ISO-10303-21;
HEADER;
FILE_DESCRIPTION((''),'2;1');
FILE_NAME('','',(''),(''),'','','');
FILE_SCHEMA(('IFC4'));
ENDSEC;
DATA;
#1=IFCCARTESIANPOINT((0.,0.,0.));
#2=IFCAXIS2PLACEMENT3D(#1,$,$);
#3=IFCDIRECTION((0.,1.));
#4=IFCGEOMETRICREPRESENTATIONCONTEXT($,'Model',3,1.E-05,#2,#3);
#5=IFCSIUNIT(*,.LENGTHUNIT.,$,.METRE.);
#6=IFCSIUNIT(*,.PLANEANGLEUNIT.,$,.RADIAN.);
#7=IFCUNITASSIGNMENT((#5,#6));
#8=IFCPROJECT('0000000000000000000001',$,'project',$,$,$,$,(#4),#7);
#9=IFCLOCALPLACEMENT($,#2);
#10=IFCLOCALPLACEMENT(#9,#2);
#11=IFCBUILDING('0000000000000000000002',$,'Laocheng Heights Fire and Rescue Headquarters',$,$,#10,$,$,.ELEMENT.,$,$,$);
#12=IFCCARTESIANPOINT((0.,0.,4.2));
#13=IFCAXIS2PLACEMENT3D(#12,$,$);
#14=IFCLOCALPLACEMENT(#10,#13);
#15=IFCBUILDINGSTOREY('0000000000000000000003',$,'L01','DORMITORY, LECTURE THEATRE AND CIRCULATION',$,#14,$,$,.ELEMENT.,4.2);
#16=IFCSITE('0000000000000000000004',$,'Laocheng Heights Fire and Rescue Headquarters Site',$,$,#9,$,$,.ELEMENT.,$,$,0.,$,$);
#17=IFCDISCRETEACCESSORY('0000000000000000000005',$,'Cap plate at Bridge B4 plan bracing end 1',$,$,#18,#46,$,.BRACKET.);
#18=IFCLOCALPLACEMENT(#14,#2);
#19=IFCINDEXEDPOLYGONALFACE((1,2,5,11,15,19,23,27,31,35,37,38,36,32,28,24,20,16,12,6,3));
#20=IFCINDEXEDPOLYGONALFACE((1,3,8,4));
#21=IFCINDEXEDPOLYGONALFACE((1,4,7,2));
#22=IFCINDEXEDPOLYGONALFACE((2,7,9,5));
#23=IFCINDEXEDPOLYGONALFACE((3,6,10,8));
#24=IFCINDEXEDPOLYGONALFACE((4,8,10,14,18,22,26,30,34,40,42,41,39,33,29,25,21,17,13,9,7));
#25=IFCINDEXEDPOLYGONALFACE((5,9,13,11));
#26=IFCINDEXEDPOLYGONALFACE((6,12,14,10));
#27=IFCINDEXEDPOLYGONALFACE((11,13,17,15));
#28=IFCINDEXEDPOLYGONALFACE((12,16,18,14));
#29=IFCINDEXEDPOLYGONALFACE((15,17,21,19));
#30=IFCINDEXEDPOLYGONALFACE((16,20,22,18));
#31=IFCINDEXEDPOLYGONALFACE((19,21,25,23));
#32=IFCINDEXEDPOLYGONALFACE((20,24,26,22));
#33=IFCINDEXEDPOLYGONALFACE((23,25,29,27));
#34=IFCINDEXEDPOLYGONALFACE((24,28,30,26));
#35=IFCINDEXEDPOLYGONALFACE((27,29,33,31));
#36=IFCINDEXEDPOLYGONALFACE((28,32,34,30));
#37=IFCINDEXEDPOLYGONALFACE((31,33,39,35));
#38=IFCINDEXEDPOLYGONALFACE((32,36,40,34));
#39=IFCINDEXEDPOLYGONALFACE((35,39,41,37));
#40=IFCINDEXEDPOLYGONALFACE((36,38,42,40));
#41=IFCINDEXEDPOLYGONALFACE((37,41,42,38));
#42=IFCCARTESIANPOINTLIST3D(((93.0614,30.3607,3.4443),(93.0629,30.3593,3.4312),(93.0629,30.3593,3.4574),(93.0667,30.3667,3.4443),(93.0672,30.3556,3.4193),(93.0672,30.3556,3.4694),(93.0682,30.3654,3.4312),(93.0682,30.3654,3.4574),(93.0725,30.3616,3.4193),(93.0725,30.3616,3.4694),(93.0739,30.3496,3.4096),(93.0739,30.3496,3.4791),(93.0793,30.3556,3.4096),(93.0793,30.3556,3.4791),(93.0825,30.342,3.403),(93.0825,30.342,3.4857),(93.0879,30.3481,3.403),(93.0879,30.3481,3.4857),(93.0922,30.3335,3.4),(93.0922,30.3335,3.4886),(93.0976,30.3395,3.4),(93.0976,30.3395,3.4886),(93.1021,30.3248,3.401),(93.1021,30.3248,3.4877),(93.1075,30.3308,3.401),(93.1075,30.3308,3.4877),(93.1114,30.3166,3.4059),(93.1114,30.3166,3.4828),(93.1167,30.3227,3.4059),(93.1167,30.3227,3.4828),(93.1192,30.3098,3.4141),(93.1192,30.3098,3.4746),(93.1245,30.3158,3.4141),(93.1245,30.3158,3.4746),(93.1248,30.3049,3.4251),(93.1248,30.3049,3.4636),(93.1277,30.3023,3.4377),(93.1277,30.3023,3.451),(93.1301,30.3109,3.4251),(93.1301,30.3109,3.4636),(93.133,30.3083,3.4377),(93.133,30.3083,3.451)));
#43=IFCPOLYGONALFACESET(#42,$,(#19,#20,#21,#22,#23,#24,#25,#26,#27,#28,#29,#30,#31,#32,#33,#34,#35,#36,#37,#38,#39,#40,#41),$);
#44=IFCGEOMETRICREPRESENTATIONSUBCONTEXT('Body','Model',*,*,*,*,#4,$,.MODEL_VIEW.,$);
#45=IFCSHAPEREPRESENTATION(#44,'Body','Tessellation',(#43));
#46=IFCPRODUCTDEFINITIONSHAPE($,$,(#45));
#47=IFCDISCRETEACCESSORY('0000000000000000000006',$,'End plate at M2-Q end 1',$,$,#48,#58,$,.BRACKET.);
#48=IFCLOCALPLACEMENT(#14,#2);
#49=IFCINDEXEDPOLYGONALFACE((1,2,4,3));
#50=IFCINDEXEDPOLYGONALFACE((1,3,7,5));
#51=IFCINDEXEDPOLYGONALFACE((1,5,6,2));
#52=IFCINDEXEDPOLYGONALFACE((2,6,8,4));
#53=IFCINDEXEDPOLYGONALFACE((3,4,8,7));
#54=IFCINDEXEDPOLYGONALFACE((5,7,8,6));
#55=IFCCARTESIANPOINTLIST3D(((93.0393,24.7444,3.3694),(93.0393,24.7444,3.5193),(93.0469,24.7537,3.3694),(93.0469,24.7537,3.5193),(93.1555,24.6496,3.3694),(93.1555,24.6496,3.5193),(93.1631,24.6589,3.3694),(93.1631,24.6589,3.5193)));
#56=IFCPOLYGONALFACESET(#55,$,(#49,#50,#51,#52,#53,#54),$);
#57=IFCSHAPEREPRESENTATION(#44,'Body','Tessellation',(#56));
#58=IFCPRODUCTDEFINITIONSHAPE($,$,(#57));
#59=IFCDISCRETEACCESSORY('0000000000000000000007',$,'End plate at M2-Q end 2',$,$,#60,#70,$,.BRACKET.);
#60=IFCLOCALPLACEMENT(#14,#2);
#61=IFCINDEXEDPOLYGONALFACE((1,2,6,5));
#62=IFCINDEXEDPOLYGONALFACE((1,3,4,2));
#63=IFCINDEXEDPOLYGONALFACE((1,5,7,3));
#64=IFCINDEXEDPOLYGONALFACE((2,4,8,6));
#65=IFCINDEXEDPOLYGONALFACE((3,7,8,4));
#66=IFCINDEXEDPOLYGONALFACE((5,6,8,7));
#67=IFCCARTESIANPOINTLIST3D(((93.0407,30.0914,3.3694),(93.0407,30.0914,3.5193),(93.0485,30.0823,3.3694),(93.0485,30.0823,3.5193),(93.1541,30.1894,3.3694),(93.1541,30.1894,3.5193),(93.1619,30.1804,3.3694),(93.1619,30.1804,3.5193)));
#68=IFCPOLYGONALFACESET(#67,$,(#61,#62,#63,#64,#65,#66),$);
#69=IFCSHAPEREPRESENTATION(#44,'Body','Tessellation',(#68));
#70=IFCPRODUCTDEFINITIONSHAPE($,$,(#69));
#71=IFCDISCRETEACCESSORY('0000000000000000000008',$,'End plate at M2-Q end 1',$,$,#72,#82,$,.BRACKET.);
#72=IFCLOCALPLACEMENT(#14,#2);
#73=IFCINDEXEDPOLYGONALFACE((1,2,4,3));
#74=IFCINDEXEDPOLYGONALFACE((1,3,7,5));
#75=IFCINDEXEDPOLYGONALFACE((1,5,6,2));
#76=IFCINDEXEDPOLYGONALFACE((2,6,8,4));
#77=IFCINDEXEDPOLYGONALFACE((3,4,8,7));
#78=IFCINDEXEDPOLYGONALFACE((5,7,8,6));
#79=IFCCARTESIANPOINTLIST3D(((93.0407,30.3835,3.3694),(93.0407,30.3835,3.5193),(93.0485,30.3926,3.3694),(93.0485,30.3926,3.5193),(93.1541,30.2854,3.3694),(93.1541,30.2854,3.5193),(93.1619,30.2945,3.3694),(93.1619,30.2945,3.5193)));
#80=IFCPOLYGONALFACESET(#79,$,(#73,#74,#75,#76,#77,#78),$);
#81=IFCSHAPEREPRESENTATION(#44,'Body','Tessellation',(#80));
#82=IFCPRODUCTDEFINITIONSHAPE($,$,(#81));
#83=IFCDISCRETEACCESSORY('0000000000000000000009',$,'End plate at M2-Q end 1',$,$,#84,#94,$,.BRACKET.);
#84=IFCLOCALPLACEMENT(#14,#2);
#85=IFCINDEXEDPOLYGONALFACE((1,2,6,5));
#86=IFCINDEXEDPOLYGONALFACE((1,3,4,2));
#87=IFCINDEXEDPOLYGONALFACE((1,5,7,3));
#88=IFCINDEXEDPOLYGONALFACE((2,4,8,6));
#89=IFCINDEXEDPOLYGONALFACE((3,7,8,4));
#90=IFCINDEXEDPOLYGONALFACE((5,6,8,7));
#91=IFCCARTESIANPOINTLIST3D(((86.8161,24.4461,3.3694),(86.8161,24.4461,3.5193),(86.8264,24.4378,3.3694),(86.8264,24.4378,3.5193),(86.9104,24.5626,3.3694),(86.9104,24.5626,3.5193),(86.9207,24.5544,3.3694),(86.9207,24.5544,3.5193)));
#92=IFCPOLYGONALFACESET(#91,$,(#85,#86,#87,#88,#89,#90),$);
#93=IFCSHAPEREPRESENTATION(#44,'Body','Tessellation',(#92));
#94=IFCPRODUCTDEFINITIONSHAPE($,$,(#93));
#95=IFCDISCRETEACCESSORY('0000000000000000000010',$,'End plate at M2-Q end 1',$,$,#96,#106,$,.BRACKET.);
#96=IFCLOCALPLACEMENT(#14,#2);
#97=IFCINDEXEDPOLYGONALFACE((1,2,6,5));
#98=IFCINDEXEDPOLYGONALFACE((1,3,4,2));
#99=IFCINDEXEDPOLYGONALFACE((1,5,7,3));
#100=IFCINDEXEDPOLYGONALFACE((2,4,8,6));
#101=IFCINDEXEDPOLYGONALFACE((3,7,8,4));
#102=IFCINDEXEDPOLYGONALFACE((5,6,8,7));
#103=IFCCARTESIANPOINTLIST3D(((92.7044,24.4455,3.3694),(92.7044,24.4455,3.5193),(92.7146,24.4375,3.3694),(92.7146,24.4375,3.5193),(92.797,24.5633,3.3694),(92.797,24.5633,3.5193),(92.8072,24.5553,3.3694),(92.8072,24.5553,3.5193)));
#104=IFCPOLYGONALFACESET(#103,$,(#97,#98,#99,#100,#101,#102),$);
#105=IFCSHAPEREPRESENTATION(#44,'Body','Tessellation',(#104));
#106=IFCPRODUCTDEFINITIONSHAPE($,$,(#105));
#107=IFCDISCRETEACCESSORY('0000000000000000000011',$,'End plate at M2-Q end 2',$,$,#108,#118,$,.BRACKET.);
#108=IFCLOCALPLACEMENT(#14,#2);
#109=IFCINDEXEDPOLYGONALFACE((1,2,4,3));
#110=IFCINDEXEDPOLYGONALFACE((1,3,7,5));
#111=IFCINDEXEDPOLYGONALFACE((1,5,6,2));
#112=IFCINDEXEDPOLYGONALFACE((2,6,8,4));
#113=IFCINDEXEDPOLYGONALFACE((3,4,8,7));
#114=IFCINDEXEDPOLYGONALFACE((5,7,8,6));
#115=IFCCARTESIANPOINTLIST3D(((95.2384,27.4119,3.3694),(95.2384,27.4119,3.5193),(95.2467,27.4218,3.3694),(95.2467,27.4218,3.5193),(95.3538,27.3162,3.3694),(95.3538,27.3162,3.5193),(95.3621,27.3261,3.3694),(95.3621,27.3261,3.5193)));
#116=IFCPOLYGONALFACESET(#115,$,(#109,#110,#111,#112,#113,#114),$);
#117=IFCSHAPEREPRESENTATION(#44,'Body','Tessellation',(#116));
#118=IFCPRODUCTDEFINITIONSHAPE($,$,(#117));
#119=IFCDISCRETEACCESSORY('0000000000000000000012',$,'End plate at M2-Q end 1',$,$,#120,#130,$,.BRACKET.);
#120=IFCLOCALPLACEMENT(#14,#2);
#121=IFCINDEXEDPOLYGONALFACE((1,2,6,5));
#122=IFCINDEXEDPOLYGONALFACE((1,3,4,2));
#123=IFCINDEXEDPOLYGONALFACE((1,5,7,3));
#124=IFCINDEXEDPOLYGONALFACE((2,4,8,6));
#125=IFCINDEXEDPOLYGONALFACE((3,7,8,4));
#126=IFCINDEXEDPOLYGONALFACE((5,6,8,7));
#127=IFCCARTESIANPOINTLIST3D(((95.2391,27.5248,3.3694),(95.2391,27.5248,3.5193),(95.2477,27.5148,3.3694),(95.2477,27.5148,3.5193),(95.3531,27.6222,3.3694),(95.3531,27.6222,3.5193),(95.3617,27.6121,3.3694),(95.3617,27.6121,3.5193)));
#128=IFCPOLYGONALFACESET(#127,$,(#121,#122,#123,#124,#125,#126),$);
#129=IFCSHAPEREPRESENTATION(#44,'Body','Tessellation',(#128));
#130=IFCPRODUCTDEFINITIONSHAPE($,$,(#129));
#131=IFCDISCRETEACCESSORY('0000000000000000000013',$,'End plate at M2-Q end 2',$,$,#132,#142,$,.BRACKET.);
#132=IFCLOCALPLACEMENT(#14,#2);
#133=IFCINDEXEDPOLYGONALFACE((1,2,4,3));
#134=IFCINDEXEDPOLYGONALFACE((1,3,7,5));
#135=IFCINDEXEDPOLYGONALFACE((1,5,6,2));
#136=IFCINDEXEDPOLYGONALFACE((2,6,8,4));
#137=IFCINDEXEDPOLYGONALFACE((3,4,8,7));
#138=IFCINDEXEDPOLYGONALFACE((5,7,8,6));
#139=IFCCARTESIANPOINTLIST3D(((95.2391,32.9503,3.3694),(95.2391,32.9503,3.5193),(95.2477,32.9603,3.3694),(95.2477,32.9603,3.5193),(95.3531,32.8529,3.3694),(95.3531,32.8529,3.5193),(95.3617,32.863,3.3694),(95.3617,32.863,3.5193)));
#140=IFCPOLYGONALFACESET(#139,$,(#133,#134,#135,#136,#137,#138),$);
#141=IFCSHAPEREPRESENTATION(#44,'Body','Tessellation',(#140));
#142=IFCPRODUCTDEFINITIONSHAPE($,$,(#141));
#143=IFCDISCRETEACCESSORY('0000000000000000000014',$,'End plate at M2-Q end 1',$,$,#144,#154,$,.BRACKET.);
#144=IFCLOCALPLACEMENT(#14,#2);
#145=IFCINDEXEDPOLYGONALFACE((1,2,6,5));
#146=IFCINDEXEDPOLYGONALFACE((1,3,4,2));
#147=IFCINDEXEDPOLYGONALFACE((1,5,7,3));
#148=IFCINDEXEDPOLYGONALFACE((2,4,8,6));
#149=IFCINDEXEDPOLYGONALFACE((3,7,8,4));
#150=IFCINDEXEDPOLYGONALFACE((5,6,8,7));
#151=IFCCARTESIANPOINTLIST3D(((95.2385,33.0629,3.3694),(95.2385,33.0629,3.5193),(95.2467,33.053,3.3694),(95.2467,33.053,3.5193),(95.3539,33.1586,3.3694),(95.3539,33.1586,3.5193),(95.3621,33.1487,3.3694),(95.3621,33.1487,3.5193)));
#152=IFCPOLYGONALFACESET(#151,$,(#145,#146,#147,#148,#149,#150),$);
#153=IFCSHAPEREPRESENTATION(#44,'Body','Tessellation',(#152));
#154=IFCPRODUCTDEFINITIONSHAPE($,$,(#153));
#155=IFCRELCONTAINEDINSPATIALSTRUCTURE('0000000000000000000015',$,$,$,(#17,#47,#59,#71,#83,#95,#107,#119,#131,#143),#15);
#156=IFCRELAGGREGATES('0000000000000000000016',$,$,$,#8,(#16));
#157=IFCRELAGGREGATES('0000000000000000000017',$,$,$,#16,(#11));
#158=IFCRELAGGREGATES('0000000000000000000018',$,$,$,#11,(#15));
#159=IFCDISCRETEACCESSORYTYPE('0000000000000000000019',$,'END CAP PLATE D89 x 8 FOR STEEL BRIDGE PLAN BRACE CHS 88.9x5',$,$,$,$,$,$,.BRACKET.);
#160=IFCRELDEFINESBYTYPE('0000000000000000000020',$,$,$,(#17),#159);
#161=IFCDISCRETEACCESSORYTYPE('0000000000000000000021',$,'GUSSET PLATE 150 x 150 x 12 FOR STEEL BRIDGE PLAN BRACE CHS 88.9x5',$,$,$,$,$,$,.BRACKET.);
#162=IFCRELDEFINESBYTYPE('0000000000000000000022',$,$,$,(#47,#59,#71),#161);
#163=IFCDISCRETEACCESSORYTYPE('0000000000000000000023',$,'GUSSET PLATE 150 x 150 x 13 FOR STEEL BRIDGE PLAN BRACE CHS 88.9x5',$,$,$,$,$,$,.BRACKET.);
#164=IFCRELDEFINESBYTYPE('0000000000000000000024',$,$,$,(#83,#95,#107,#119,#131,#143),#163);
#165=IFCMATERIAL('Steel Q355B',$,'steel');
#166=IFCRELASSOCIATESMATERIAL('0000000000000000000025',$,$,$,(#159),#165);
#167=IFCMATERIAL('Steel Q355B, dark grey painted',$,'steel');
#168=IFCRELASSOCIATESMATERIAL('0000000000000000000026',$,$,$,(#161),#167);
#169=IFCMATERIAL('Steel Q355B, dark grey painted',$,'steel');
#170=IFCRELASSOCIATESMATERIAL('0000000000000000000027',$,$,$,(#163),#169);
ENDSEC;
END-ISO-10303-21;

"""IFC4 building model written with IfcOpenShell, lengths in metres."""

from ifc_helpers import new_model, si_unit, direction, frame, origin, origin_2d, place, context, subcontext, project, spatial, rectangle, circle, extrude, material, material_profile, profile_set, type_object, element, save


model = new_model("IFC4")

# Units and contexts
model_context = context("Model", 3, precision=1e-05, world=origin(), true_north=direction((0.0, 1.0)))
body_context = subcontext(model_context, "Body", "Model", "MODEL_VIEW")
ifc_project = project(units=[si_unit("LENGTHUNIT", "METRE"), si_unit("PLANEANGLEUNIT", "RADIAN")], contexts=[model_context])

# Site, building, storey
site_placement = place(None, origin())
site = spatial("IfcSite", under=ifc_project, at=site_placement, Name="Laocheng Heights Fire and Rescue Headquarters Site", CompositionType="ELEMENT", RefElevation=0.0)
building_placement = place(site_placement, origin())
building = spatial("IfcBuilding", under=site, at=building_placement, Name="Laocheng Heights Fire and Rescue Headquarters", CompositionType="ELEMENT")
storey_placement = place(building_placement, frame((0.0, 0.0, 4.2)))
storey = spatial("IfcBuildingStorey", under=building, at=storey_placement, Name="L01", Description="DORMITORY, LECTURE THEATRE AND CIRCULATION", CompositionType="ELEMENT", Elevation=4.2)

# Discrete accessories
ifc_material_1 = material(Name="Steel Q355B", Category="steel")
ifc_material_profile_1 = material_profile(ifc_material_1, circle(Radius=0.0444, at=origin_2d()), Name="END CAP PLATE D89 x 8 FOR STEEL BRIDGE PLAN BRACE CHS 88.9x5")
ifc_profile_set_1 = profile_set([ifc_material_profile_1], Name="Steel Q355B")
discrete_accessory_type_1 = type_object("IfcDiscreteAccessoryType", Name="END CAP PLATE D89 x 8 FOR STEEL BRIDGE PLAN BRACE CHS 88.9x5", PredefinedType="BRACKET", material=ifc_profile_set_1)
for number, where, z_axis, x_axis, name in (
    (1, (93.0947, 30.3313, 3.4443), (0.660628, 0.750714, 0.0), (-0.750714, 0.660628, 0.0), "Cap plate at Bridge B4 plan bracing end 1"),
):
    element("IfcDiscreteAccessory", number, at=place(storey_placement, frame(where, z_axis=z_axis, x_axis=x_axis)), inside=storey, type_object=discrete_accessory_type_1, Name=name, PredefinedType="BRACKET", context=body_context, shape_type="SweptSolid", body=[
        extrude(circle(Radius=0.0444, at=origin_2d()), origin(), (0.0, 0.0, 1.0), 0.0081),
    ])
ifc_material_2 = material(Name="Steel Q355B, dark grey painted", Category="steel")
ifc_material_profile_2 = material_profile(ifc_material_2, rectangle(XDim=0.1499, YDim=0.1499, at=origin_2d()), Name="GUSSET PLATE 150 x 150 x 12 FOR STEEL BRIDGE PLAN BRACE CHS 88.9x5")
ifc_profile_set_2 = profile_set([ifc_material_profile_2], Name="Steel Q355B, dark grey painted")
discrete_accessory_type_2 = type_object("IfcDiscreteAccessoryType", Name="GUSSET PLATE 150 x 150 x 12 FOR STEEL BRIDGE PLAN BRACE CHS 88.9x5", PredefinedType="BRACKET", material=ifc_profile_set_2)
for number, where, z_axis, x_axis, name in (
    (2, (93.0974, 24.697, 3.4443), (0.632127, 0.774865, 0.0), (-0.774865, 0.632127, 0.0), "End plate at M2-Q end 1"),
    (3, (93.1052, 30.1313, 3.4443), (-0.654152, 0.756363, 0.0), (-0.756363, -0.654152, 0.0), "End plate at M2-Q end 2"),
    (4, (93.0974, 30.3345, 3.4443), (0.654152, 0.756363, 0.0), (-0.756363, 0.654152, 0.0), "End plate at M2-Q end 1"),
):
    element("IfcDiscreteAccessory", number, at=place(storey_placement, frame(where, z_axis=z_axis, x_axis=x_axis)), inside=storey, type_object=discrete_accessory_type_2, Name=name, PredefinedType="BRACKET", context=body_context, shape_type="SweptSolid", body=[
        extrude(rectangle(XDim=0.1499, YDim=0.1499, at=origin_2d()), origin(), (0.0, 0.0, 1.0), 0.012),
    ])
ifc_material_3 = material(Name="Steel Q355B, dark grey painted", Category="steel")
ifc_material_profile_3 = material_profile(ifc_material_3, rectangle(XDim=0.1499, YDim=0.1499, at=origin_2d()), Name="GUSSET PLATE 150 x 150 x 13 FOR STEEL BRIDGE PLAN BRACE CHS 88.9x5")
ifc_profile_set_3 = profile_set([ifc_material_profile_3], Name="Steel Q355B, dark grey painted")
discrete_accessory_type_3 = type_object("IfcDiscreteAccessoryType", Name="GUSSET PLATE 150 x 150 x 13 FOR STEEL BRIDGE PLAN BRACE CHS 88.9x5", PredefinedType="BRACKET", material=ifc_profile_set_3)
discrete_accessory_1_placement = place(storey_placement, frame((86.8633, 24.5044, 3.4443), z_axis=(0.777245, -0.629198, 0.0), x_axis=(0.629198, 0.777245, 0.0)))
element("IfcDiscreteAccessory", 5, at=discrete_accessory_1_placement, inside=storey, type_object=discrete_accessory_type_3, Name="End plate at M2-Q end 1", PredefinedType="BRACKET", context=body_context, shape_type="SweptSolid", body=[
    extrude(rectangle(XDim=0.1499, YDim=0.1499, at=origin_2d()), origin(), (0.0, 0.0, 1.0), 0.0132),
])
for number, where, z_axis, x_axis, name in (
    (6, (92.7507, 24.5044, 3.4443), (0.786318, -0.617822, 0.0), (0.617822, 0.786318, 0.0), "End plate at M2-Q end 1"),
    (7, (95.2961, 27.364, 3.4443), (0.638336, 0.769758, 0.0), (-0.769758, 0.638336, 0.0), "End plate at M2-Q end 2"),
):
    element("IfcDiscreteAccessory", number, at=place(storey_placement, frame(where, z_axis=z_axis, x_axis=x_axis)), inside=storey, type_object=discrete_accessory_type_3, Name=name, PredefinedType="BRACKET", context=body_context, shape_type="SweptSolid", body=[
        extrude(rectangle(XDim=0.1499, YDim=0.1499, at=origin_2d()), origin(), (0.0, 0.0, 1.0), 0.0129),
    ])
for number, where, z_axis, x_axis, name in (
    (8, (95.3047, 27.5635, 3.4443), (-0.649262, 0.760565, 0.0), (-0.760565, -0.649262, 0.0), "End plate at M2-Q end 1"),
    (9, (95.2961, 32.9016, 3.4443), (0.649262, 0.760565, 0.0), (-0.760565, 0.649262, 0.0), "End plate at M2-Q end 2"),
):
    element("IfcDiscreteAccessory", number, at=place(storey_placement, frame(where, z_axis=z_axis, x_axis=x_axis)), inside=storey, type_object=discrete_accessory_type_3, Name=name, PredefinedType="BRACKET", context=body_context, shape_type="SweptSolid", body=[
        extrude(rectangle(XDim=0.1499, YDim=0.1499, at=origin_2d()), origin(), (0.0, 0.0, 1.0), 0.0132),
    ])
discrete_accessory_2_placement = place(storey_placement, frame((95.3044, 33.1008, 3.4443), z_axis=(-0.638336, 0.769758, 0.0), x_axis=(-0.769758, -0.638336, 0.0)))
element("IfcDiscreteAccessory", 10, at=discrete_accessory_2_placement, inside=storey, type_object=discrete_accessory_type_3, Name="End plate at M2-Q end 1", PredefinedType="BRACKET", context=body_context, shape_type="SweptSolid", body=[
    extrude(rectangle(XDim=0.1499, YDim=0.1499, at=origin_2d()), origin(), (0.0, 0.0, 1.0), 0.0129),
])

save(model, "model.ifc")
